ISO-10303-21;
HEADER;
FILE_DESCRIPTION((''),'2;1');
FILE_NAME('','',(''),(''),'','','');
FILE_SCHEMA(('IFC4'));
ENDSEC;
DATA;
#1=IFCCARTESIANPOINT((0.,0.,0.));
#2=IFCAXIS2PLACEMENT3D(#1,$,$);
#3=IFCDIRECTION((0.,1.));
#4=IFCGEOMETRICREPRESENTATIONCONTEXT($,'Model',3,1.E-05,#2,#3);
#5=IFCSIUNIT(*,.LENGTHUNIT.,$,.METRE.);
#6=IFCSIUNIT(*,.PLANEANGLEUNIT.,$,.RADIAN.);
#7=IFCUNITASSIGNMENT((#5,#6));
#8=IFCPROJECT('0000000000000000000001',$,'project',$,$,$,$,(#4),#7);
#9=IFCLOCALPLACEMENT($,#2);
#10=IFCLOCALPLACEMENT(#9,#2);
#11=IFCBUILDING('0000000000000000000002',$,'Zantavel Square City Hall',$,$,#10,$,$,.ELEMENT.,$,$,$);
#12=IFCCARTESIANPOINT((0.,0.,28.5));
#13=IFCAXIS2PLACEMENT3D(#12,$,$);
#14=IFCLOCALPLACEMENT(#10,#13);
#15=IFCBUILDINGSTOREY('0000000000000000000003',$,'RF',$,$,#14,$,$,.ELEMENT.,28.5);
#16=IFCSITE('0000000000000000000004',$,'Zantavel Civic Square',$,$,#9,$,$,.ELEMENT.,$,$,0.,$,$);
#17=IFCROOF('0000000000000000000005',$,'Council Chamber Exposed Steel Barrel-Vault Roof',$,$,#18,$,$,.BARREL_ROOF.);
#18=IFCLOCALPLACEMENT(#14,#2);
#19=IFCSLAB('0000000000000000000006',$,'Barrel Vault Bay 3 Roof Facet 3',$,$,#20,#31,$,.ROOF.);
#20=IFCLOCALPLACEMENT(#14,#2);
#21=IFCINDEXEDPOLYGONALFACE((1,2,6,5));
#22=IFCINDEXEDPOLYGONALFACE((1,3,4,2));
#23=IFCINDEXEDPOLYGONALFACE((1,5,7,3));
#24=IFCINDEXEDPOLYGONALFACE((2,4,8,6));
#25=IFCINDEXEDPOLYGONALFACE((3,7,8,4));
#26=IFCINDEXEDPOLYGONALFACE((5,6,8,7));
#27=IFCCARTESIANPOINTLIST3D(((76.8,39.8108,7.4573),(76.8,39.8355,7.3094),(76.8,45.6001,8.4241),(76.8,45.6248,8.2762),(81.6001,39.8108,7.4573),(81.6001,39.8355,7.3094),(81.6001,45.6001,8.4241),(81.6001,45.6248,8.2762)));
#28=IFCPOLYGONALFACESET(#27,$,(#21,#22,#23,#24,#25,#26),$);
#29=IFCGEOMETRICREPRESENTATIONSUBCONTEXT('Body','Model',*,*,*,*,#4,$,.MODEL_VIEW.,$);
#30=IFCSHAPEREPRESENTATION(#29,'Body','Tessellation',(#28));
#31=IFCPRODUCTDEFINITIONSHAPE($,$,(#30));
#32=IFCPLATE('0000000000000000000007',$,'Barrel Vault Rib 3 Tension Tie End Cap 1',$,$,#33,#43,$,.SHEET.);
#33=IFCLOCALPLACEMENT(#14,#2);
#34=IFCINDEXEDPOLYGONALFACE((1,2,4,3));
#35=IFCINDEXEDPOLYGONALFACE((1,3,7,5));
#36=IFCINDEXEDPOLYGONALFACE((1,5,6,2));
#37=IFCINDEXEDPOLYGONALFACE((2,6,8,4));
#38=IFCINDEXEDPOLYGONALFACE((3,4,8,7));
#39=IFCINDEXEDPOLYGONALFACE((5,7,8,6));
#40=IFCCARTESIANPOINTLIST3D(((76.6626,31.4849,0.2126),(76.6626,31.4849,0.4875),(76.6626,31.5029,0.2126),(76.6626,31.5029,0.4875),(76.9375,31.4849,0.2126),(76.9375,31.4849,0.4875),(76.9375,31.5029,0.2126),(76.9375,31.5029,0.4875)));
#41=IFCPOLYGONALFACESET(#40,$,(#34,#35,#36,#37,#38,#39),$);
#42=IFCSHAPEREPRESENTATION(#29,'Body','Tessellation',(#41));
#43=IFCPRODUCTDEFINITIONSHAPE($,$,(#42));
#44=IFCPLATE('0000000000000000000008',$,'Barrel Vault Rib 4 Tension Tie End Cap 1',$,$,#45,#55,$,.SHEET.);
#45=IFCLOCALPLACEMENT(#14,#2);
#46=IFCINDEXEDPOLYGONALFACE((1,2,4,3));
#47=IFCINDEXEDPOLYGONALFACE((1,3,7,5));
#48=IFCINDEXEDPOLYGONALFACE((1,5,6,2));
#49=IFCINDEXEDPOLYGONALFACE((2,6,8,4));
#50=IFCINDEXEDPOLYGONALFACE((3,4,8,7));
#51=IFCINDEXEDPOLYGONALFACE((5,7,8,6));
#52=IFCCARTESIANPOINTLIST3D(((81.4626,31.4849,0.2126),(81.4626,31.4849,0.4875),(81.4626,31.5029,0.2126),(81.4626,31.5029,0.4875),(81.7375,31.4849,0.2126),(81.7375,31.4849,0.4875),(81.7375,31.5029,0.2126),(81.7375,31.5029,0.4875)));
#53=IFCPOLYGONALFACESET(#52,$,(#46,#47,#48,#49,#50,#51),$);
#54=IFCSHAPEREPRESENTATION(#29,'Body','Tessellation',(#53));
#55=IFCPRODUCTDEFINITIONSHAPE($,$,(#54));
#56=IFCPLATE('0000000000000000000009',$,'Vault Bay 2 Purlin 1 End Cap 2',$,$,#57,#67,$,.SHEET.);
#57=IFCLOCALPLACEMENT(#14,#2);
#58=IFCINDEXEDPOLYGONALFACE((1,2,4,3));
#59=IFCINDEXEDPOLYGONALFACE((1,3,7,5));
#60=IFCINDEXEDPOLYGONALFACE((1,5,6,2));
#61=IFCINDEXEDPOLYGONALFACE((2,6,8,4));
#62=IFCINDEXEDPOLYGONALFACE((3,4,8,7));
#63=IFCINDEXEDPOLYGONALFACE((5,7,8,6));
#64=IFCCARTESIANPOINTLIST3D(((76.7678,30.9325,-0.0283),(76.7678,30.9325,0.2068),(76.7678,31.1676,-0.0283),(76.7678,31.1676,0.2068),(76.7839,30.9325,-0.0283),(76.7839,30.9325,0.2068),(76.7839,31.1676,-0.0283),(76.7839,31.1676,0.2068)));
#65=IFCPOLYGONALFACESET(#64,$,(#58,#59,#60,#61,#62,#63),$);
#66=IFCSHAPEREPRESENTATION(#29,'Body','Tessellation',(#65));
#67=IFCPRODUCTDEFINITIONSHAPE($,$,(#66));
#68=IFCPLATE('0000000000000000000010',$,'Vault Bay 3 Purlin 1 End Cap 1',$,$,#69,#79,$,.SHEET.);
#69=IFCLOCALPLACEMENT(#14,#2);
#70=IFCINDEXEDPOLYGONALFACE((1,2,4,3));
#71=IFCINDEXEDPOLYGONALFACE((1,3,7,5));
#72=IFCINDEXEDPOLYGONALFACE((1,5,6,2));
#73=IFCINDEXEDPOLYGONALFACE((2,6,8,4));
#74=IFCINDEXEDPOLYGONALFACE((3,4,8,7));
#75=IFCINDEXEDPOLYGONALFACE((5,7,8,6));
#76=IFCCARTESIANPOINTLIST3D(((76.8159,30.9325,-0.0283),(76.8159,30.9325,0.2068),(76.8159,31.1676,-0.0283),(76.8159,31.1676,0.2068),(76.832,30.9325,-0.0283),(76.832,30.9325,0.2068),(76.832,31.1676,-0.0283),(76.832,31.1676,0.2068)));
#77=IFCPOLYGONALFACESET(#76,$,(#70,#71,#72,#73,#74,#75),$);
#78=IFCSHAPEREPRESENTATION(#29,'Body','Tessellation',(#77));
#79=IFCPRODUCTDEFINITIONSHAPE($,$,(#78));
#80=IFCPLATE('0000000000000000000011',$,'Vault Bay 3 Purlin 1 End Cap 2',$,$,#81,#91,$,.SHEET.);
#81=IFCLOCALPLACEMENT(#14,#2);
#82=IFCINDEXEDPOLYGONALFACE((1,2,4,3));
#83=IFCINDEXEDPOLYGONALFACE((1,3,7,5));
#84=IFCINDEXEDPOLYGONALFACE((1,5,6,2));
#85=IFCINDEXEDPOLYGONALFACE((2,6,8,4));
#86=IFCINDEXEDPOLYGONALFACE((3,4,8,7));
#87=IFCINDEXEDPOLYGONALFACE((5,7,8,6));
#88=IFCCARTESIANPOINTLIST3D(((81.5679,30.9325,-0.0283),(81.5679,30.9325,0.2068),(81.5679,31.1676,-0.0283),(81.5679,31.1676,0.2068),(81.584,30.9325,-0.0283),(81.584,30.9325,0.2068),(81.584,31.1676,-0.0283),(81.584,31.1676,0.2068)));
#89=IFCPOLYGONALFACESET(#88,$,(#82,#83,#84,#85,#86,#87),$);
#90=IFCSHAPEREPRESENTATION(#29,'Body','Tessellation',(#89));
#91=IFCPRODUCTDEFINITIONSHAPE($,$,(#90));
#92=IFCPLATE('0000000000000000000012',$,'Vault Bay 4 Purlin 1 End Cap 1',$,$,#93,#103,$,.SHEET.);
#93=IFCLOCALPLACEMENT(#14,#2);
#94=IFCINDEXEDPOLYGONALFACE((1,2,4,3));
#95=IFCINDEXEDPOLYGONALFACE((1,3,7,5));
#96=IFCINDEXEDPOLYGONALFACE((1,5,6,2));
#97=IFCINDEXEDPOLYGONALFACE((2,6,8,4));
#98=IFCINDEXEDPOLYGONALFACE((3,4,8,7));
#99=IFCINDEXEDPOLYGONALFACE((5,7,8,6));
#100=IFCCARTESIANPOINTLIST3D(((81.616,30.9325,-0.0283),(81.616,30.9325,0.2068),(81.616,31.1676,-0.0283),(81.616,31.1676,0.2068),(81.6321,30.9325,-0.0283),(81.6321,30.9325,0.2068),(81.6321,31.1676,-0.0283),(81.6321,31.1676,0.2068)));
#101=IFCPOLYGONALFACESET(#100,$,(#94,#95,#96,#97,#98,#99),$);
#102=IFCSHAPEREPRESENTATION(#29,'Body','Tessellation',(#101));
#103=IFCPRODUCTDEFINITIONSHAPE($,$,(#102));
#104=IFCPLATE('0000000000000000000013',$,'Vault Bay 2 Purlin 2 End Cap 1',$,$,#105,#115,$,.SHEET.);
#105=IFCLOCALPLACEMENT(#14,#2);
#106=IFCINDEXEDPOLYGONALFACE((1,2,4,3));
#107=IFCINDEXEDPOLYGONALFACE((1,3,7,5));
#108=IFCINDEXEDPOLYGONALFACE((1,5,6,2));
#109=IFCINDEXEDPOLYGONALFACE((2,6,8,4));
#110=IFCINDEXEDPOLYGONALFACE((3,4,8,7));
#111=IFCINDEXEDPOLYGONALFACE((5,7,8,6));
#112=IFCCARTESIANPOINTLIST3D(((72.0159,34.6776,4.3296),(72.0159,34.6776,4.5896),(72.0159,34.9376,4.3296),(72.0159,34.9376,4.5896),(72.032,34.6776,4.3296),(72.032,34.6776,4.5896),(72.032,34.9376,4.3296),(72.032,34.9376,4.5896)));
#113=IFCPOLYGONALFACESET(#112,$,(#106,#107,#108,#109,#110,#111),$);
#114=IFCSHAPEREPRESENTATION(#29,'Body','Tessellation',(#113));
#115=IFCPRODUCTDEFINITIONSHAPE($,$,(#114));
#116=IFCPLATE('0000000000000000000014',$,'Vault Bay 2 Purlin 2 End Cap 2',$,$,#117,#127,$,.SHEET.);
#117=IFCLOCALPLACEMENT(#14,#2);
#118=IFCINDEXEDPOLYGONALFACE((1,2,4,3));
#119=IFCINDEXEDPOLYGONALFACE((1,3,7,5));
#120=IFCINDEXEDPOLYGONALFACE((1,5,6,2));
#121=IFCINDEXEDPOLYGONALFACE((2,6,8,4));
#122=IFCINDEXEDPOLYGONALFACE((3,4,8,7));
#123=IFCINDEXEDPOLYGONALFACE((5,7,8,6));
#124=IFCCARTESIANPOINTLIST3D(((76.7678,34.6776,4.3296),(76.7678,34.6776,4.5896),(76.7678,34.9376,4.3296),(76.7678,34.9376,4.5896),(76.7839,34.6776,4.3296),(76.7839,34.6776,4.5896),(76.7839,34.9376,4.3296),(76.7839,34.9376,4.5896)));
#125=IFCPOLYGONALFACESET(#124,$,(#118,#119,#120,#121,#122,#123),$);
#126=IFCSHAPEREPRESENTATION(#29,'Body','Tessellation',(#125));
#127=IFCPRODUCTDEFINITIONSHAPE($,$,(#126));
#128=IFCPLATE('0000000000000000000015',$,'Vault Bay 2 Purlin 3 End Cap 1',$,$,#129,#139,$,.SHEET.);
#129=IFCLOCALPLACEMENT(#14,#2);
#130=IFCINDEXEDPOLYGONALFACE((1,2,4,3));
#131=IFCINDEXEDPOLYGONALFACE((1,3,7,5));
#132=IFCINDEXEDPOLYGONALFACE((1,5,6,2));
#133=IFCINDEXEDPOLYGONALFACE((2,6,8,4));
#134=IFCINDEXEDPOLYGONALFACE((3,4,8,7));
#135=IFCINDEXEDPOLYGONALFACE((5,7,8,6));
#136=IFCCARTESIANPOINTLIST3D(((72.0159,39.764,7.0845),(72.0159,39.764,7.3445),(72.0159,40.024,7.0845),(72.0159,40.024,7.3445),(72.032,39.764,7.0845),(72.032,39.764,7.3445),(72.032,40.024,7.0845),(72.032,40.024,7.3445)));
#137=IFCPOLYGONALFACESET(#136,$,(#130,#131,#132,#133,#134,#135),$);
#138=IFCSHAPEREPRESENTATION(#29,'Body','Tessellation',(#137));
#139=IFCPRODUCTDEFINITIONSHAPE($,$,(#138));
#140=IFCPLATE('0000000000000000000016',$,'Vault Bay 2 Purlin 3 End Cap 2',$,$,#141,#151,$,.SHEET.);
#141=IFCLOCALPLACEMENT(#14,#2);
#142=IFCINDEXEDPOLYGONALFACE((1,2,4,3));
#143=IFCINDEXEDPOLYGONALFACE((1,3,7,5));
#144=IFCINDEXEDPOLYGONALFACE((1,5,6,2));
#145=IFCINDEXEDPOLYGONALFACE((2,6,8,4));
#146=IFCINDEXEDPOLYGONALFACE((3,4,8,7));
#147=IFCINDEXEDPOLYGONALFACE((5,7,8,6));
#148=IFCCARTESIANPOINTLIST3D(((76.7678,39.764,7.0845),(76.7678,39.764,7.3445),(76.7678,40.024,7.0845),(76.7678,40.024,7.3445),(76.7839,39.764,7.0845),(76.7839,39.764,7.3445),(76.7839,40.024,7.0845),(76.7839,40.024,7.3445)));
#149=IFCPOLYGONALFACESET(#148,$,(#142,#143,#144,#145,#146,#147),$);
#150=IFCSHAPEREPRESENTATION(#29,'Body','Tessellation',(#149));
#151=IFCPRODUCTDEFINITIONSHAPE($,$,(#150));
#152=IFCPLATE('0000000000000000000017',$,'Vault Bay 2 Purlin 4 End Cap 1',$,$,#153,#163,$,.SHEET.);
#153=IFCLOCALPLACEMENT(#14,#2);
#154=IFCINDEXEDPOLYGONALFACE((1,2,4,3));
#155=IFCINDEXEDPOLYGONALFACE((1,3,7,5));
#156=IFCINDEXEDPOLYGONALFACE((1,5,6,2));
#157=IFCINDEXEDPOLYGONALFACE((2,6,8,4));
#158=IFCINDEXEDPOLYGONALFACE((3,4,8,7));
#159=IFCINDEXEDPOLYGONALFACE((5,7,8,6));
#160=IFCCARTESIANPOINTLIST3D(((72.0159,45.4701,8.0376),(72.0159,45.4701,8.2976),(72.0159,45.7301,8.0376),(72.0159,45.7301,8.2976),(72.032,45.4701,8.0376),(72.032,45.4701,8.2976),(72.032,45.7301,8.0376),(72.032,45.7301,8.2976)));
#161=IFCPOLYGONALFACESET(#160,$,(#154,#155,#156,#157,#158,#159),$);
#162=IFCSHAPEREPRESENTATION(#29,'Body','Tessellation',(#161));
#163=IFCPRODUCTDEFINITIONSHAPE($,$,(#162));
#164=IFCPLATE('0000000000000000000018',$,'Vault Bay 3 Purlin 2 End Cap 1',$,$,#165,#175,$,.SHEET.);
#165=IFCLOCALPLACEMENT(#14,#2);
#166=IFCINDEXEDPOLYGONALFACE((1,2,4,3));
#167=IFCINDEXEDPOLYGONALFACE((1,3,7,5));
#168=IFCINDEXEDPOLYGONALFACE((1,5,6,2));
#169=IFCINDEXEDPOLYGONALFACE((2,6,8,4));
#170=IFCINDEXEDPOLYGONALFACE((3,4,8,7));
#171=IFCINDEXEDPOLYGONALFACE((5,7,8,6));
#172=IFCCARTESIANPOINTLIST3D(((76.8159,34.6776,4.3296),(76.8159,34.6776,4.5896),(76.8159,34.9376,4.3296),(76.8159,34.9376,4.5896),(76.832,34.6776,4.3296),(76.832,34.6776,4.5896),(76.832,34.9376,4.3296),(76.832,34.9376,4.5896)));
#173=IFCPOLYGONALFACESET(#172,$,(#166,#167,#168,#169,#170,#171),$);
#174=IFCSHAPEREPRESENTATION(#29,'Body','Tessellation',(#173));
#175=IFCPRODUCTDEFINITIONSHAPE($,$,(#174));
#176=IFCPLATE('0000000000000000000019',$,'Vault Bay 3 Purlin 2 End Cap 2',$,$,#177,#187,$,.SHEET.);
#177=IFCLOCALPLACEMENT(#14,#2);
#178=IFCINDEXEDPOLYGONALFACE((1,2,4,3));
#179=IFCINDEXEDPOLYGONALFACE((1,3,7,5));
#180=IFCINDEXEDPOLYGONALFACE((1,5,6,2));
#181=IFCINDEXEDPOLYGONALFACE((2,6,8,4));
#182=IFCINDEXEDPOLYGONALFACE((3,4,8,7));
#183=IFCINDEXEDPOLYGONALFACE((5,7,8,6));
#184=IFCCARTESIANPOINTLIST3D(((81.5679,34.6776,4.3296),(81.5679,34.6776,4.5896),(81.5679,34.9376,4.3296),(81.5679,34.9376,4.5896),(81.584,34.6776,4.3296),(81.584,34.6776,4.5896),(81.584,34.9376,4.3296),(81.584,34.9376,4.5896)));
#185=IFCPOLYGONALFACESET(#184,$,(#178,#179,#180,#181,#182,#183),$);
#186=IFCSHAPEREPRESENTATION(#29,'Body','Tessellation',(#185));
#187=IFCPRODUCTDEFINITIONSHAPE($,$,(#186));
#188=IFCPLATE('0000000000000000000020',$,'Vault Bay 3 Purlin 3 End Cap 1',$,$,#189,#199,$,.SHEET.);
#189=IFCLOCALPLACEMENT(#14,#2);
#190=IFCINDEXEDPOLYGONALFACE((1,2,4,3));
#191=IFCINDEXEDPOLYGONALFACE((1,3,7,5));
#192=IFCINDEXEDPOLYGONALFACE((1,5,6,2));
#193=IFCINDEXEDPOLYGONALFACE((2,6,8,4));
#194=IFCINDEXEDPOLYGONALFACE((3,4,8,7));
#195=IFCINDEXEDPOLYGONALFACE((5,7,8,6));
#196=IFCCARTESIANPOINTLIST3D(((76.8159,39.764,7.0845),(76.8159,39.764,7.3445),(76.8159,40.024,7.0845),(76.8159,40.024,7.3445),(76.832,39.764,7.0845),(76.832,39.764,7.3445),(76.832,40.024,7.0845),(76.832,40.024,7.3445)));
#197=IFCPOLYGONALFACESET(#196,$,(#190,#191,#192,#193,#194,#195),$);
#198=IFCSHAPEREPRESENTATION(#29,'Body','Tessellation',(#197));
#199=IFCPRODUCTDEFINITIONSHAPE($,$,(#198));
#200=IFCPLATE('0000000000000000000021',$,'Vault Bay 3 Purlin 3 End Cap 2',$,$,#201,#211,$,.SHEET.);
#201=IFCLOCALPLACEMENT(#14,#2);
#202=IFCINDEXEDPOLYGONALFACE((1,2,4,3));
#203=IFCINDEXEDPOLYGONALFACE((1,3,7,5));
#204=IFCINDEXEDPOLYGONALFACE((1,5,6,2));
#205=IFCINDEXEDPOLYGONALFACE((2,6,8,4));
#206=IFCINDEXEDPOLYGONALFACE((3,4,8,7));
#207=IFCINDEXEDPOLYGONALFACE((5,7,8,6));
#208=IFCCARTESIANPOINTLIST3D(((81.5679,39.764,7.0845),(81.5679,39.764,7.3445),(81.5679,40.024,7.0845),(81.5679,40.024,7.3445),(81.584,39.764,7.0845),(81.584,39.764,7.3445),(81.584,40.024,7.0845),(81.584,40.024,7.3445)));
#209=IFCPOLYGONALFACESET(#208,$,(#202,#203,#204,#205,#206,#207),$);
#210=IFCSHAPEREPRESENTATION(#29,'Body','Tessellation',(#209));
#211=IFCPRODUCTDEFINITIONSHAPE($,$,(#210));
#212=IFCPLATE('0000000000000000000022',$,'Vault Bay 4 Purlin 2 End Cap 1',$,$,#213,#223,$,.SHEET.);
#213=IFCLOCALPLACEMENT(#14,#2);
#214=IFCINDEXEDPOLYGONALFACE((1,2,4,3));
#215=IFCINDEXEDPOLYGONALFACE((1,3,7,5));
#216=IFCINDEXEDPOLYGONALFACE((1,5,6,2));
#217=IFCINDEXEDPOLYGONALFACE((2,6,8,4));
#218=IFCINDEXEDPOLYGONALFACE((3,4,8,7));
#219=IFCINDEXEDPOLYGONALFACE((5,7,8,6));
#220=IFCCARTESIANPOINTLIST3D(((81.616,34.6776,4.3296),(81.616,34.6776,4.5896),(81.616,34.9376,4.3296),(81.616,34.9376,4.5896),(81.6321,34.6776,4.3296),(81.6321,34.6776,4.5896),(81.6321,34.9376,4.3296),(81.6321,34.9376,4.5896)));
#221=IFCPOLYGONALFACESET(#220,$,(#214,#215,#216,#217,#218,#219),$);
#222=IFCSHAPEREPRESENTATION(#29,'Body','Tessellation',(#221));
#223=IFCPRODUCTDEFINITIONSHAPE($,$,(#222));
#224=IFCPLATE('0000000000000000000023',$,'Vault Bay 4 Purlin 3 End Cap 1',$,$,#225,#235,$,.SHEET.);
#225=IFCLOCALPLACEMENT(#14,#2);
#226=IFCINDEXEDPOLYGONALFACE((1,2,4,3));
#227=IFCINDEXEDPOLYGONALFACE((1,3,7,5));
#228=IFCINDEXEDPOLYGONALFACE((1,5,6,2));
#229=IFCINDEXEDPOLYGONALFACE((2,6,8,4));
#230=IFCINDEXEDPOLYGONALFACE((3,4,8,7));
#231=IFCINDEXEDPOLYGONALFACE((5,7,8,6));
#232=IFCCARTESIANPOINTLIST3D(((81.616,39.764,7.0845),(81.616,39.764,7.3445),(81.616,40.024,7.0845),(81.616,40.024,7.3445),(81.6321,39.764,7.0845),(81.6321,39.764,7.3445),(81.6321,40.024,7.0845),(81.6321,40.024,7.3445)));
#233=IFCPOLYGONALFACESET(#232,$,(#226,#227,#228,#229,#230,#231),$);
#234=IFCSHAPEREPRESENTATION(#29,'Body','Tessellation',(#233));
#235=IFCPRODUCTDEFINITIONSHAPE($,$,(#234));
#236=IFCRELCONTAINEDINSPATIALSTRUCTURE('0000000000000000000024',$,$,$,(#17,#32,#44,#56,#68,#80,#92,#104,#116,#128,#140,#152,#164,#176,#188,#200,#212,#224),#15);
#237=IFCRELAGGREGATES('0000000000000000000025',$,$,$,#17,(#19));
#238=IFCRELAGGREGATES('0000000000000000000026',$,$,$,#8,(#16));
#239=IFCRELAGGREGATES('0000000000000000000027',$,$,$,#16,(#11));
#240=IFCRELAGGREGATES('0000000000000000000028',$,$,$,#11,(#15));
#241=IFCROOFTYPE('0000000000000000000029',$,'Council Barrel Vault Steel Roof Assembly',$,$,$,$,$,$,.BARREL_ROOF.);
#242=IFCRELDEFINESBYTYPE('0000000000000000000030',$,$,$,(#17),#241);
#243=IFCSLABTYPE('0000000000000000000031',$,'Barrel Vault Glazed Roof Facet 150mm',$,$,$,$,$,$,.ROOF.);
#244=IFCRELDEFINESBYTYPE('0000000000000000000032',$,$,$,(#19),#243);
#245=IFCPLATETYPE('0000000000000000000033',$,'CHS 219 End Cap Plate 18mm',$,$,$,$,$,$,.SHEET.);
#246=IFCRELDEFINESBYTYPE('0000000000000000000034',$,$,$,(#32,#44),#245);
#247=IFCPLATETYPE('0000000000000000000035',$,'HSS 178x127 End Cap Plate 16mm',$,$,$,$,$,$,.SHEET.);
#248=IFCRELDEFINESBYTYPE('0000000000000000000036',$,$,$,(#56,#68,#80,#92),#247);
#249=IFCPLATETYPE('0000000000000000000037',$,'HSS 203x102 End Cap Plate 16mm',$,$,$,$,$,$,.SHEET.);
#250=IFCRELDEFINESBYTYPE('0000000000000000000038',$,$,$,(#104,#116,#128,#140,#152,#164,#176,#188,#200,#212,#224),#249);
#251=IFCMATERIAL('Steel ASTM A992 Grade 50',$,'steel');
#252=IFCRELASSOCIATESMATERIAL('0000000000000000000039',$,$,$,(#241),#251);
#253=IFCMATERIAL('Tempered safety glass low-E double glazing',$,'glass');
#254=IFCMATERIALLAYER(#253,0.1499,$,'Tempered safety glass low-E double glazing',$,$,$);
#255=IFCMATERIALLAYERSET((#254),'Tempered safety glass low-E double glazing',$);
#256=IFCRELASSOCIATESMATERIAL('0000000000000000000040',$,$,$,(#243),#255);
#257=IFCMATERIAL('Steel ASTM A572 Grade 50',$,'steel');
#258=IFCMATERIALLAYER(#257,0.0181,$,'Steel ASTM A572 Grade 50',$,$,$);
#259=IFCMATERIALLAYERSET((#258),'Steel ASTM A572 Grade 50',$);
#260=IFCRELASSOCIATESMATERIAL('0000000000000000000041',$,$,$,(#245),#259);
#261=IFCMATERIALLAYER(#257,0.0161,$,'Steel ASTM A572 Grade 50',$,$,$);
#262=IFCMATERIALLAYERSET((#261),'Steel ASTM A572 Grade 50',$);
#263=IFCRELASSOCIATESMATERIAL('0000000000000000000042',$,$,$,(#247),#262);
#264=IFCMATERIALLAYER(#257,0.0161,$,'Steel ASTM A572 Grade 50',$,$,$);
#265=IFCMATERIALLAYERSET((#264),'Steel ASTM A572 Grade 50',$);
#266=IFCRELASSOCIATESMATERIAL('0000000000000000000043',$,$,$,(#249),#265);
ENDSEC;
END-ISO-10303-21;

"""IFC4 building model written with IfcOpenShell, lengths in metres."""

from ifc_helpers import new_model, si_unit, direction, frame, origin, origin_2d, place, context, subcontext, project, spatial, polyline, rectangle, outline, extrude, material, layer, layer_set, type_object, element, aggregate, save


model = new_model("IFC4")

# Units and contexts
model_context = context("Model", 3, precision=1e-05, world=origin(), true_north=direction((0.0, 1.0)))
body_context = subcontext(model_context, "Body", "Model", "MODEL_VIEW")
ifc_project = project(units=[si_unit("LENGTHUNIT", "METRE"), si_unit("PLANEANGLEUNIT", "RADIAN")], contexts=[model_context])

# Site, building, storey
site_placement = place(None, origin())
site = spatial("IfcSite", under=ifc_project, at=site_placement, Name="Zantavel Civic Square", CompositionType="ELEMENT", RefElevation=0.0)
building_placement = place(site_placement, origin())
building = spatial("IfcBuilding", under=site, at=building_placement, Name="Zantavel Square City Hall", CompositionType="ELEMENT")
storey_placement = place(building_placement, frame((0.0, 0.0, 28.5)))
storey = spatial("IfcBuildingStorey", under=building, at=storey_placement, Name="RF", CompositionType="ELEMENT", Elevation=28.5)

# Shared definitions
ifc_material_1 = material(Name="Steel ASTM A992 Grade 50", Category="steel")

# Roof, slab
roof_type = type_object("IfcRoofType", Name="Council Barrel Vault Steel Roof Assembly", PredefinedType="BARREL_ROOF", material=ifc_material_1)
roof_placement = place(storey_placement, origin())
roof = element("IfcRoof", 1, at=roof_placement, inside=storey, type_object=roof_type, Name="Council Chamber Exposed Steel Barrel-Vault Roof", PredefinedType="BARREL_ROOF")
ifc_material_2 = material(Name="Tempered safety glass low-E double glazing", Category="glass")
ifc_layer_1 = layer(ifc_material_2, 0.1499, Name="Tempered safety glass low-E double glazing")
ifc_layer_set_1 = layer_set([ifc_layer_1], Name="Tempered safety glass low-E double glazing")
slab_type_1 = type_object("IfcSlabType", Name="Barrel Vault Glazed Roof Facet 150mm", PredefinedType="ROOF", material=ifc_layer_set_1)
slab_1_placement = place(storey_placement, frame((76.8, 39.8108, 7.4573), z_axis=(0.0, -0.164716, 0.986341), x_axis=(1.0, 0.0, 0.0)))
slab_1 = element("IfcSlab", 2, at=slab_1_placement, type_object=slab_type_1, Name="Barrel Vault Bay 3 Roof Facet 3", PredefinedType="ROOF", context=body_context, shape_type="SweptSolid", body=[
    extrude(outline(polyline([(0.0, 0.0), (4.8, 0.0), (4.8, 5.8695), (0.0, 5.8695), (0.0, 0.0)])), origin(), (0.0, 0.0, -1.0), 0.1499),
])

# Plates
ifc_material_3 = material(Name="Steel ASTM A572 Grade 50", Category="steel")
ifc_layer_2 = layer(ifc_material_3, 0.0181, Name="Steel ASTM A572 Grade 50")
ifc_layer_set_2 = layer_set([ifc_layer_2], Name="Steel ASTM A572 Grade 50")
plate_type_1 = type_object("IfcPlateType", Name="CHS 219 End Cap Plate 18mm", PredefinedType="SHEET", material=ifc_layer_set_2)
for number, where, z_axis, x_axis, name in (
    (3, (76.8, 31.4939, 0.2126), (0.0, 0.0, 1.0), (0.0, 1.0, 0.0), "Barrel Vault Rib 3 Tension Tie End Cap 1"),
    (4, (81.6001, 31.4939, 0.2126), (0.0, 0.0, 1.0), (0.0, 1.0, 0.0), "Barrel Vault Rib 4 Tension Tie End Cap 1"),
):
    element("IfcPlate", number, at=place(storey_placement, frame(where, z_axis=z_axis, x_axis=x_axis)), inside=storey, type_object=plate_type_1, Name=name, PredefinedType="SHEET", context=body_context, shape_type="SweptSolid", body=[
        extrude(rectangle(XDim=0.0181, YDim=0.2749, at=origin_2d()), origin(), (0.0, 0.0, 1.0), 0.2749),
    ])
ifc_layer_3 = layer(ifc_material_3, 0.0161, Name="Steel ASTM A572 Grade 50")
ifc_layer_set_3 = layer_set([ifc_layer_3], Name="Steel ASTM A572 Grade 50")
plate_type_2 = type_object("IfcPlateType", Name="HSS 178x127 End Cap Plate 16mm", PredefinedType="SHEET", material=ifc_layer_set_3)
for number, where, z_axis, x_axis, name in (
    (5, (76.7759, 31.05, -0.0283), (0.0, 0.0, 1.0), (1.0, 0.0, 0.0), "Vault Bay 2 Purlin 1 End Cap 2"),
    (6, (76.824, 31.05, -0.0283), (0.0, 0.0, 1.0), (1.0, 0.0, 0.0), "Vault Bay 3 Purlin 1 End Cap 1"),
    (7, (81.5759, 31.05, -0.0283), (0.0, 0.0, 1.0), (1.0, 0.0, 0.0), "Vault Bay 3 Purlin 1 End Cap 2"),
    (8, (81.624, 31.05, -0.0283), (0.0, 0.0, 1.0), (1.0, 0.0, 0.0), "Vault Bay 4 Purlin 1 End Cap 1"),
):
    element("IfcPlate", number, at=place(storey_placement, frame(where, z_axis=z_axis, x_axis=x_axis)), inside=storey, type_object=plate_type_2, Name=name, PredefinedType="SHEET", context=body_context, shape_type="SweptSolid", body=[
        extrude(rectangle(XDim=0.0161, YDim=0.2351, at=origin_2d()), origin(), (0.0, 0.0, 1.0), 0.2351),
    ])
ifc_layer_4 = layer(ifc_material_3, 0.0161, Name="Steel ASTM A572 Grade 50")
ifc_layer_set_4 = layer_set([ifc_layer_4], Name="Steel ASTM A572 Grade 50")
plate_type_3 = type_object("IfcPlateType", Name="HSS 203x102 End Cap Plate 16mm", PredefinedType="SHEET", material=ifc_layer_set_4)
for number, where, z_axis, x_axis, name in (
    (9, (72.0239, 34.8076, 4.3296), (0.0, 0.0, 1.0), (1.0, 0.0, 0.0), "Vault Bay 2 Purlin 2 End Cap 1"),
    (10, (76.7759, 34.8076, 4.3296), (0.0, 0.0, 1.0), (1.0, 0.0, 0.0), "Vault Bay 2 Purlin 2 End Cap 2"),
    (11, (72.0239, 39.894, 7.0845), (0.0, 0.0, 1.0), (1.0, 0.0, 0.0), "Vault Bay 2 Purlin 3 End Cap 1"),
    (12, (76.7759, 39.894, 7.0845), (0.0, 0.0, 1.0), (1.0, 0.0, 0.0), "Vault Bay 2 Purlin 3 End Cap 2"),
    (13, (72.0239, 45.6001, 8.0376), (0.0, 0.0, 1.0), (1.0, 0.0, 0.0), "Vault Bay 2 Purlin 4 End Cap 1"),
    (14, (76.824, 34.8076, 4.3296), (0.0, 0.0, 1.0), (1.0, 0.0, 0.0), "Vault Bay 3 Purlin 2 End Cap 1"),
    (15, (81.5759, 34.8076, 4.3296), (0.0, 0.0, 1.0), (1.0, 0.0, 0.0), "Vault Bay 3 Purlin 2 End Cap 2"),
    (16, (76.824, 39.894, 7.0845), (0.0, 0.0, 1.0), (1.0, 0.0, 0.0), "Vault Bay 3 Purlin 3 End Cap 1"),
    (17, (81.5759, 39.894, 7.0845), (0.0, 0.0, 1.0), (1.0, 0.0, 0.0), "Vault Bay 3 Purlin 3 End Cap 2"),
    (18, (81.624, 34.8076, 4.3296), (0.0, 0.0, 1.0), (1.0, 0.0, 0.0), "Vault Bay 4 Purlin 2 End Cap 1"),
    (19, (81.624, 39.894, 7.0845), (0.0, 0.0, 1.0), (1.0, 0.0, 0.0), "Vault Bay 4 Purlin 3 End Cap 1"),
):
    element("IfcPlate", number, at=place(storey_placement, frame(where, z_axis=z_axis, x_axis=x_axis)), inside=storey, type_object=plate_type_3, Name=name, PredefinedType="SHEET", context=body_context, shape_type="SweptSolid", body=[
        extrude(rectangle(XDim=0.0161, YDim=0.26, at=origin_2d()), origin(), (0.0, 0.0, 1.0), 0.26),
    ])

aggregate(roof, [slab_1])

save(model, "model.ifc")
